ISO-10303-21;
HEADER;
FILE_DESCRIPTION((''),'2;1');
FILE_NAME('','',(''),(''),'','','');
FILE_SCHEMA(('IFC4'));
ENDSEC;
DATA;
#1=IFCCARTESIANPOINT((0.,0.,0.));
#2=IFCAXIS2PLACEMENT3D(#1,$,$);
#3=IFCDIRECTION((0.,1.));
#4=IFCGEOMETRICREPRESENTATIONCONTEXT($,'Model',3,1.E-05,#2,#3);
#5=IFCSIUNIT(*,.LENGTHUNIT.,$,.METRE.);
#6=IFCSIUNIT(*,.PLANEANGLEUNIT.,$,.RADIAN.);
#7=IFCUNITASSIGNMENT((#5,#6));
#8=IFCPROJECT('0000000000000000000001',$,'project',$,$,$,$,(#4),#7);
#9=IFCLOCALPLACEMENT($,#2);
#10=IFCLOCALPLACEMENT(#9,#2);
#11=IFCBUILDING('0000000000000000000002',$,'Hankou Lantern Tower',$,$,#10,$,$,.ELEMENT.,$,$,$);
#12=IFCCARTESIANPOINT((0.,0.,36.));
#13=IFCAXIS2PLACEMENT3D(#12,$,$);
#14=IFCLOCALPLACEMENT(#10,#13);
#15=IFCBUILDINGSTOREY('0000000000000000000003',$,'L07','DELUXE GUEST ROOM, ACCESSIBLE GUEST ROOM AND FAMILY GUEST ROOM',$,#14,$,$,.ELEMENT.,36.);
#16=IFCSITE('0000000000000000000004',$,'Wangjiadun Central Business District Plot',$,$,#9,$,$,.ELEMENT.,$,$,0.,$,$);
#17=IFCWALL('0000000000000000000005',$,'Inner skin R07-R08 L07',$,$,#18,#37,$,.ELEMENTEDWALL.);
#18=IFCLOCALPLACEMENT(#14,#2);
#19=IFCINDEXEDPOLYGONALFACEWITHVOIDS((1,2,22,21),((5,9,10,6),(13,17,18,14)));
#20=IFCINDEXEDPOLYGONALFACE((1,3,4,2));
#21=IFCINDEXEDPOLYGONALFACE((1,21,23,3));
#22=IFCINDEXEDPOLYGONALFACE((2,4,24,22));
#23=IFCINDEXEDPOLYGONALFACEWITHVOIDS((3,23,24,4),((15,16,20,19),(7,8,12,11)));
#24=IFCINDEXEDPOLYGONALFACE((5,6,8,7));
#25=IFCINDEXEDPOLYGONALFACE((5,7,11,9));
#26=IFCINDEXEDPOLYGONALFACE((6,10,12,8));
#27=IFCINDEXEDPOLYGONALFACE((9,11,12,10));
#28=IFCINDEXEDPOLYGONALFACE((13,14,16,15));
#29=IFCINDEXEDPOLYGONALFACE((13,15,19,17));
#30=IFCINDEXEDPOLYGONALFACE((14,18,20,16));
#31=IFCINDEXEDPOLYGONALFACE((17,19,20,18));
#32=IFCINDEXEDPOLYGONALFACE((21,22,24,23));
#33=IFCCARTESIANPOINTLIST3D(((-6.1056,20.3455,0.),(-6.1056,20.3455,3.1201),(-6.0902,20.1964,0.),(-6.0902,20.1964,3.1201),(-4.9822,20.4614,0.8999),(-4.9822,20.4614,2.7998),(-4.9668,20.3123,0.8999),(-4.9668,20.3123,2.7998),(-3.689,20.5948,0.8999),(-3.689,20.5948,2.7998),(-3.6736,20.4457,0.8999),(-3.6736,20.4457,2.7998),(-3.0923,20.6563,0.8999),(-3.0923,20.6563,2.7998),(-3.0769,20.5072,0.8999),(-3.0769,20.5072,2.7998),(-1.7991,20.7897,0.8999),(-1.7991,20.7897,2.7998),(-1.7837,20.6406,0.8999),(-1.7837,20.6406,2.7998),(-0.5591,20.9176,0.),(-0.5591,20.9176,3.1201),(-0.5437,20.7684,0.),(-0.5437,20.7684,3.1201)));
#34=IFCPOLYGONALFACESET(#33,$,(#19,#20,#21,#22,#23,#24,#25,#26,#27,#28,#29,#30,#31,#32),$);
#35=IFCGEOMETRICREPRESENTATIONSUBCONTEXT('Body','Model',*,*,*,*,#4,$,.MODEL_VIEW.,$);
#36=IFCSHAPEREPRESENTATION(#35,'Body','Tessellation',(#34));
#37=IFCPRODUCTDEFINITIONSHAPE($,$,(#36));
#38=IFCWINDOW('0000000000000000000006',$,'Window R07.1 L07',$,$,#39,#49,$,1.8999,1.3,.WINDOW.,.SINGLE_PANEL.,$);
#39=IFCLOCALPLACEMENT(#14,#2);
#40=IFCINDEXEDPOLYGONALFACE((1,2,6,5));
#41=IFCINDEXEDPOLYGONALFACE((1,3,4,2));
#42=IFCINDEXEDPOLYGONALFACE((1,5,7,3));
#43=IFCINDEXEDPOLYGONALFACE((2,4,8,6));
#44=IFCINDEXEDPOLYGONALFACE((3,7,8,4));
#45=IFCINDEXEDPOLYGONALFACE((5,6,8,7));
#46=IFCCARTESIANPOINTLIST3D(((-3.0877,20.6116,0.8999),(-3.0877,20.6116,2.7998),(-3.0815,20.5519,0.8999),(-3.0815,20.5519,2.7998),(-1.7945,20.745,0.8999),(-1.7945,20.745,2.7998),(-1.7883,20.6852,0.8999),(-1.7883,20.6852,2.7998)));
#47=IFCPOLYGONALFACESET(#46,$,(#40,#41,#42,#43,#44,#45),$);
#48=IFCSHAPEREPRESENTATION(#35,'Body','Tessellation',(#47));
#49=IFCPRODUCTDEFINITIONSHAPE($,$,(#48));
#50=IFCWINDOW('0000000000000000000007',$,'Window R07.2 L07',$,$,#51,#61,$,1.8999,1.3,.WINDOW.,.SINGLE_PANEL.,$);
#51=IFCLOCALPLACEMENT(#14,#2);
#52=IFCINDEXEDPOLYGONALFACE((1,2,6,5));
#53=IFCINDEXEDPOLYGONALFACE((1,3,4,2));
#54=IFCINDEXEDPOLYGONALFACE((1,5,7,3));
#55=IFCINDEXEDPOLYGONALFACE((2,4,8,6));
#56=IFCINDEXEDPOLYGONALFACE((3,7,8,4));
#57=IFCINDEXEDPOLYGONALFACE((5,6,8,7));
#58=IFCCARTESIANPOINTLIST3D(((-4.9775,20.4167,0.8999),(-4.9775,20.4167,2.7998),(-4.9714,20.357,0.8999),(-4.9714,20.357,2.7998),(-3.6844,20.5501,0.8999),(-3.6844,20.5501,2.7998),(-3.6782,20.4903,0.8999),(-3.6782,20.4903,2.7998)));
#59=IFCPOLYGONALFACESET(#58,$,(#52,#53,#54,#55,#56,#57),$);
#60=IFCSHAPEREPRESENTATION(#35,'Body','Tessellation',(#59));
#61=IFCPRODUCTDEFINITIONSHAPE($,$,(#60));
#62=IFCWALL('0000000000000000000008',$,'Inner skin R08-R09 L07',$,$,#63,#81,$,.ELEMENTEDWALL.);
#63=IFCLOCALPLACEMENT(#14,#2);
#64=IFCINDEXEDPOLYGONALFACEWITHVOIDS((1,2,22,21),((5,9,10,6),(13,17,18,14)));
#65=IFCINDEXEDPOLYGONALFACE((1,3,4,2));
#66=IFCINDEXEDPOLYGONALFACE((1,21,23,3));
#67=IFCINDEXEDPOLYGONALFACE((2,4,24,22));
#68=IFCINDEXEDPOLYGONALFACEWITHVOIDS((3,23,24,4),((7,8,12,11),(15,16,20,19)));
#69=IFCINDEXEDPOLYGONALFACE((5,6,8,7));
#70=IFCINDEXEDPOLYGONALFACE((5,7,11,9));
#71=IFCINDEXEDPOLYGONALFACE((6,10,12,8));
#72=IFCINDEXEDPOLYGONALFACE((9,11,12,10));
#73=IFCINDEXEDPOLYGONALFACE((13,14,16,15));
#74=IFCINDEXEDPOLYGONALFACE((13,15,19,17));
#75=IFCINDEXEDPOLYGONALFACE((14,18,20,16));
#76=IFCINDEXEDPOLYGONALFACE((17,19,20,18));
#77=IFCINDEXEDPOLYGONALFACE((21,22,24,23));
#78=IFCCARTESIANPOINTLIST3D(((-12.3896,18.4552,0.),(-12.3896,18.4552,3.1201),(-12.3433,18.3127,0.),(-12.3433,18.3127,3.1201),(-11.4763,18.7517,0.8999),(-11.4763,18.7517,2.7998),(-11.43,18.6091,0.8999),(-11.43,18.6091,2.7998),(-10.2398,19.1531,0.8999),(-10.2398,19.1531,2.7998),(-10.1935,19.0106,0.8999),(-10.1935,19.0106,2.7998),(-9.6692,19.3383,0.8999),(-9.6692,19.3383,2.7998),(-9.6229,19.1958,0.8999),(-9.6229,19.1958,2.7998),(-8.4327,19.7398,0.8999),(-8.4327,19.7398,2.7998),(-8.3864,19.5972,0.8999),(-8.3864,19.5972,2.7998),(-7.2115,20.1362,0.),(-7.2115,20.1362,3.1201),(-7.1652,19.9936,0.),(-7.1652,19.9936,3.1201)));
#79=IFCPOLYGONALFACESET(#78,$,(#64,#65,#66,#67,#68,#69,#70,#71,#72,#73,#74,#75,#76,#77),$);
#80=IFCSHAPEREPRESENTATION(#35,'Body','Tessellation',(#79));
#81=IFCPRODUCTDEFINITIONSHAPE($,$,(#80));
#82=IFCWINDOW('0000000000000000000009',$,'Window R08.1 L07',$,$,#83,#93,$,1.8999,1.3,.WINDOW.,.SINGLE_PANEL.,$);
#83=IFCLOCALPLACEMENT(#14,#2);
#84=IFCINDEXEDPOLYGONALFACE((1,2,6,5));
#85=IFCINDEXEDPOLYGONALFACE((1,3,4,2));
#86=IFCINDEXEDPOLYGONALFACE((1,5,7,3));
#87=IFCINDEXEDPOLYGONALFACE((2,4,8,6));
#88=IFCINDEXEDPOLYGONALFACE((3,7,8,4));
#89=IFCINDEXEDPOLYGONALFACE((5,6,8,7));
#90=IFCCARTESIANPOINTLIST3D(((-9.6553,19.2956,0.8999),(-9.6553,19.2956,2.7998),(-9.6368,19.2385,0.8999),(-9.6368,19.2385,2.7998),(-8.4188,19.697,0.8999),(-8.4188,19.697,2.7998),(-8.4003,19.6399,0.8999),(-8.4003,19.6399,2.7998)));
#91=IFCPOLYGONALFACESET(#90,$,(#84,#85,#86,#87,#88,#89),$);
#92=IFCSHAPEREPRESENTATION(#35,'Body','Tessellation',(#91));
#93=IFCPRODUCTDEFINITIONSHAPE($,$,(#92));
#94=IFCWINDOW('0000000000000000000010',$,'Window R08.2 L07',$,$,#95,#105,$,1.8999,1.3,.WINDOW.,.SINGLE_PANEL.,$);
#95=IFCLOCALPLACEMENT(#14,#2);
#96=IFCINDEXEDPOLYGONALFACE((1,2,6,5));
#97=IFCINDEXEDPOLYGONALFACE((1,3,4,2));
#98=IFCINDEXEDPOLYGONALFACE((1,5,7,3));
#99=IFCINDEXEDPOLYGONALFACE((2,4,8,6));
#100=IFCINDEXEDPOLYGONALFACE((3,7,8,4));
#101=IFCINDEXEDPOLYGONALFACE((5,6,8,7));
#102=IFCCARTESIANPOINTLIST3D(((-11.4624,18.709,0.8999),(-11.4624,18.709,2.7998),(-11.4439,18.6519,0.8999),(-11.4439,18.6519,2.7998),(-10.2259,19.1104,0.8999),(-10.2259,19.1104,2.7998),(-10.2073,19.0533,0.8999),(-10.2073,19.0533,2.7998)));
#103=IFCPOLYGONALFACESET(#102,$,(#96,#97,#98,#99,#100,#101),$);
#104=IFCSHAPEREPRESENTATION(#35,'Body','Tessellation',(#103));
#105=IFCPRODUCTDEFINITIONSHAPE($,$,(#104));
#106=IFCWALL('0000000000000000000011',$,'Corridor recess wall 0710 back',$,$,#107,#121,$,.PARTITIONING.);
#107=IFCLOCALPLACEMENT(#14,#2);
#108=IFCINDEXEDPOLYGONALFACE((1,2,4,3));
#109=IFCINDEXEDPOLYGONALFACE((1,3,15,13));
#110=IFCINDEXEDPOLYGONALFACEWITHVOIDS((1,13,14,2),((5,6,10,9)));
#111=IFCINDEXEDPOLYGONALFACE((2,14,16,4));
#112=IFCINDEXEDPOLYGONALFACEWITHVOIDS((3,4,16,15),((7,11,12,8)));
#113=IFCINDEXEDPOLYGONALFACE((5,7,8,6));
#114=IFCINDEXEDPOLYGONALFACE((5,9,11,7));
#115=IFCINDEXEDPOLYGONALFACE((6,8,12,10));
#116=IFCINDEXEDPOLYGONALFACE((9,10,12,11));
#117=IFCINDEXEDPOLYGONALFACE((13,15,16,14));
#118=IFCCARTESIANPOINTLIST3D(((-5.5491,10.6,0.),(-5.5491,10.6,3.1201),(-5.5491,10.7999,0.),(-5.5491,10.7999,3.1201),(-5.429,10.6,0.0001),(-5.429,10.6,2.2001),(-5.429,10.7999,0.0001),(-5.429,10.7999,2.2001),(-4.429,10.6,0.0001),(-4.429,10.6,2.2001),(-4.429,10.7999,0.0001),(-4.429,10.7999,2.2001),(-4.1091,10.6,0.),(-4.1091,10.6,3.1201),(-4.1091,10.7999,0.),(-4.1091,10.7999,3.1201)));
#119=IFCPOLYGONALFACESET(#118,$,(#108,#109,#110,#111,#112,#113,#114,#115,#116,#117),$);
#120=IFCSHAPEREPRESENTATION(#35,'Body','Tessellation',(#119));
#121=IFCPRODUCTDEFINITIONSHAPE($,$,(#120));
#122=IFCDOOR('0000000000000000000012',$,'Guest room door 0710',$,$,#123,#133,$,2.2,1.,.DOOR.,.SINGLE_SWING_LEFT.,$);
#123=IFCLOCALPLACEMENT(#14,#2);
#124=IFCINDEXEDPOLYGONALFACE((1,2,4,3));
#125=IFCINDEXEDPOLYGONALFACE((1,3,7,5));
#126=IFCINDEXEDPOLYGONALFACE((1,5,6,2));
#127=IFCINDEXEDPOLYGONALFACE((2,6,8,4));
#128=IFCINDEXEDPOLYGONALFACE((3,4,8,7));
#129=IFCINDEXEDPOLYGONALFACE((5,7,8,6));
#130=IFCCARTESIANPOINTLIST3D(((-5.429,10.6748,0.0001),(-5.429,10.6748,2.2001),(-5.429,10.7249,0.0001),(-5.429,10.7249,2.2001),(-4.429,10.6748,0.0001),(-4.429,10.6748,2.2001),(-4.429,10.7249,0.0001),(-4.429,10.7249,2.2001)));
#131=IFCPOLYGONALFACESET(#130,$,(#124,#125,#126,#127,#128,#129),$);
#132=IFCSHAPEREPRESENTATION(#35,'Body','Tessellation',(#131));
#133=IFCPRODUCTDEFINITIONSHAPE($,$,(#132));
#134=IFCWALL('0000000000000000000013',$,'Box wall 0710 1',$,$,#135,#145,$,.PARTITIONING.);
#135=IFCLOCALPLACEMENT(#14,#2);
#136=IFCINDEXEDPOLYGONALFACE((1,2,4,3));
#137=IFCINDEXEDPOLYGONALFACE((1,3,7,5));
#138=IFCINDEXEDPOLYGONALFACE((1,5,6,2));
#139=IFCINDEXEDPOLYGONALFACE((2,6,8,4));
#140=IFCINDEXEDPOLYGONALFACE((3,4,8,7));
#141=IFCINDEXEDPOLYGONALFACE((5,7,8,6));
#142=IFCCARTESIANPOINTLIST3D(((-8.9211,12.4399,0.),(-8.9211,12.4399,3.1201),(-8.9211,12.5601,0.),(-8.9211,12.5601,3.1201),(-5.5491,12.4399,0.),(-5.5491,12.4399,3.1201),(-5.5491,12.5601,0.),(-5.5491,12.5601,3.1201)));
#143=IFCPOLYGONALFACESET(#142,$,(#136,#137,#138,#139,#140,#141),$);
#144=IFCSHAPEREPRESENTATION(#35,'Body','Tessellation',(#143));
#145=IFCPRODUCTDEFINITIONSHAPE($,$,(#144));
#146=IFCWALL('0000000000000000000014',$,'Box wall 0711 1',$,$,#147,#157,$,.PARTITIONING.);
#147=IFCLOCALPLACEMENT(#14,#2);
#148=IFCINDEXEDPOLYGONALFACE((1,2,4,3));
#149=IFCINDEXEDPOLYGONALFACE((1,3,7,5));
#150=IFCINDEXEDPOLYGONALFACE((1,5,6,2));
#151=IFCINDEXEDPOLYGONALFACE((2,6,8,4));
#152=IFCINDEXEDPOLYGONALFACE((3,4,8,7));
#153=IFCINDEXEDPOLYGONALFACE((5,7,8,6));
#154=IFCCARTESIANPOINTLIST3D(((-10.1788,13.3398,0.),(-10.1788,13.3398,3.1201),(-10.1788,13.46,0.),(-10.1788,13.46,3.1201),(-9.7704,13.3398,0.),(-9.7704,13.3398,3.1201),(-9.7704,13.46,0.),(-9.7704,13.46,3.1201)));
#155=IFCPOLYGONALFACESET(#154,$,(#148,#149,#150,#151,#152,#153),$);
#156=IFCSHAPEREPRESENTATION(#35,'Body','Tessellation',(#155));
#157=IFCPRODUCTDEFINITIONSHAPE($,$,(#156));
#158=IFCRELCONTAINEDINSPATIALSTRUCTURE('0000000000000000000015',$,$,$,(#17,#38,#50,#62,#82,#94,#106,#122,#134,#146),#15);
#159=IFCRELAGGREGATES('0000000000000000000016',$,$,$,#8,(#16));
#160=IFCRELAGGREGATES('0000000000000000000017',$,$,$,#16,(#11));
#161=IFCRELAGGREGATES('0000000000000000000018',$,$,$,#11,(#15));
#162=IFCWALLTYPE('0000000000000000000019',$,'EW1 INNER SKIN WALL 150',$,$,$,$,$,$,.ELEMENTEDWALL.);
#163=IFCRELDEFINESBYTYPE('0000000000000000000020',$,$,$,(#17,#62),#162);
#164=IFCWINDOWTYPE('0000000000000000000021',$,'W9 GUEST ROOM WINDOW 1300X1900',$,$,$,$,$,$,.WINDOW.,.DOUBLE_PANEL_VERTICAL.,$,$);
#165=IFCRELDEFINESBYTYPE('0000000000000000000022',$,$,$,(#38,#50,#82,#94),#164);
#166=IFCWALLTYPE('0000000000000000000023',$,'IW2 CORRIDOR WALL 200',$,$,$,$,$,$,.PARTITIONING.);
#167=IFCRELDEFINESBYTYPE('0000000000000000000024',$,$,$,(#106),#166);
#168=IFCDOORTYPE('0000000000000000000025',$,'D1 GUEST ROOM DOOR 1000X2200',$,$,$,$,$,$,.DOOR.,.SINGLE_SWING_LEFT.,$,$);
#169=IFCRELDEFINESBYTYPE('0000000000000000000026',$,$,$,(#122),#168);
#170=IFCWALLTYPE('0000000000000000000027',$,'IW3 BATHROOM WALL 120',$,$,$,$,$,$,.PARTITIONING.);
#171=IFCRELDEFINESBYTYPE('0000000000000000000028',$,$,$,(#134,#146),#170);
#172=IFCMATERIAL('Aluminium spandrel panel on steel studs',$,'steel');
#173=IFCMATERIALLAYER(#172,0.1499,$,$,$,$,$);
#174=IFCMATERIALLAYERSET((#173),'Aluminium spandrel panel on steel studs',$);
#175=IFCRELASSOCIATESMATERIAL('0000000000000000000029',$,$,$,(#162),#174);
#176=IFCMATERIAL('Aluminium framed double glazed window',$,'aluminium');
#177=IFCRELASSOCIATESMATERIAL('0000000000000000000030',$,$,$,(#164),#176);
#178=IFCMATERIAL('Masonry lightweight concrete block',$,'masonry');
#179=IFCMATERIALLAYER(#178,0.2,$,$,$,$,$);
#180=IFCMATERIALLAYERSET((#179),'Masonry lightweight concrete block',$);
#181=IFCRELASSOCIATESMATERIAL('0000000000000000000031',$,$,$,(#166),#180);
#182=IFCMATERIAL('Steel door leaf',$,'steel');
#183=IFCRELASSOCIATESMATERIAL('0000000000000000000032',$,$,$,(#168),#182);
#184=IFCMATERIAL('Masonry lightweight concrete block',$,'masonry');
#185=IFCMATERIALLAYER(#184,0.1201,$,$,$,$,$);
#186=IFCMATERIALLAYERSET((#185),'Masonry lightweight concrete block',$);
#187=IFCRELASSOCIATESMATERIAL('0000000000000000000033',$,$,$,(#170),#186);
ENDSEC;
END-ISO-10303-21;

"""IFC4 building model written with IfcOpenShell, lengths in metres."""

from ifc_helpers import new_model, si_unit, direction, frame, frame_2d, origin, place, context, subcontext, project, spatial, rectangle, extrude, material, layer, layer_set, type_object, element, fill, save


model = new_model("IFC4")

# Units and contexts
model_context = context("Model", 3, precision=1e-05, world=origin(), true_north=direction((0.0, 1.0)))
body_context = subcontext(model_context, "Body", "Model", "MODEL_VIEW")
ifc_project = project(units=[si_unit("LENGTHUNIT", "METRE"), si_unit("PLANEANGLEUNIT", "RADIAN")], contexts=[model_context])

# Site, building, storey
site_placement = place(None, origin())
site = spatial("IfcSite", under=ifc_project, at=site_placement, Name="Wangjiadun Central Business District Plot", CompositionType="ELEMENT", RefElevation=0.0)
building_placement = place(site_placement, origin())
building = spatial("IfcBuilding", under=site, at=building_placement, Name="Hankou Lantern Tower", CompositionType="ELEMENT")
storey_placement = place(building_placement, frame((0.0, 0.0, 36.0)))
storey = spatial("IfcBuildingStorey", under=building, at=storey_placement, Name="L07", Description="DELUXE GUEST ROOM, ACCESSIBLE GUEST ROOM AND FAMILY GUEST ROOM", CompositionType="ELEMENT", Elevation=36.0)

# Walls, openings, windows
ifc_material_1 = material(Name="Aluminium spandrel panel on steel studs", Category="steel")
ifc_layer_1 = layer(ifc_material_1, 0.1499)
ifc_layer_set_1 = layer_set([ifc_layer_1], Name="Aluminium spandrel panel on steel studs")
wall_type_1 = type_object("IfcWallType", Name="EW1 INNER SKIN WALL 150", PredefinedType="ELEMENTEDWALL", material=ifc_layer_set_1)
wall_1_placement = place(storey_placement, frame((-0.5513, 20.843, 0.0), z_axis=(0.0, 0.0, 1.0), x_axis=(-0.994724, -0.10259, 0.0)))
wall_1 = element("IfcWall", 1, at=wall_1_placement, inside=storey, type_object=wall_type_1, Name="Inner skin R07-R08 L07", PredefinedType="ELEMENTEDWALL", context=body_context, shape_type="SweptSolid", body=[
    extrude(rectangle(XDim=5.5759, YDim=0.1499, at=frame_2d((2.7881, 0.0))), origin(), (0.0, 0.0, 1.0), 3.1201),
])
opening_1_placement = place(wall_1_placement, frame((1.2468, 0.0, 0.8999)))
opening_1 = element("IfcOpeningElement", 2, at=opening_1_placement, cuts=wall_1, PredefinedType="OPENING", context=body_context, shape_type="SweptSolid", body=[
    extrude(rectangle(XDim=1.3, YDim=1.8999, at=frame_2d((0.6499, 0.95))), frame((0.0, 0.085, 0.0), z_axis=(0.0, -1.0, 0.0), x_axis=(1.0, 0.0, 0.0)), (0.0, 0.0, 1.0), 0.1699),
])
opening_2_placement = place(wall_1_placement, frame((3.1467, 0.0, 0.8999)))
opening_2 = element("IfcOpeningElement", 3, at=opening_2_placement, cuts=wall_1, PredefinedType="OPENING", context=body_context, shape_type="SweptSolid", body=[
    extrude(rectangle(XDim=1.3, YDim=1.8999, at=frame_2d((0.6499, 0.95))), frame((0.0, 0.085, 0.0), z_axis=(0.0, -1.0, 0.0), x_axis=(1.0, 0.0, 0.0)), (0.0, 0.0, 1.0), 0.1699),
])
ifc_material_2 = material(Name="Aluminium framed double glazed window", Category="aluminium")
window_type = type_object("IfcWindowType", Name="W9 GUEST ROOM WINDOW 1300X1900", PartitioningType="DOUBLE_PANEL_VERTICAL", PredefinedType="WINDOW", material=ifc_material_2)
window_1_placement = place(opening_1_placement, origin())
window_1 = element("IfcWindow", 4, at=window_1_placement, inside=storey, type_object=window_type, Name="Window R07.1 L07", OverallHeight=1.8999, OverallWidth=1.3, PartitioningType="SINGLE_PANEL", PredefinedType="WINDOW", context=body_context, shape_type="SweptSolid", body=[
    extrude(rectangle(XDim=1.3, YDim=1.8999, at=frame_2d((0.6499, 0.95))), frame((0.0, 0.03, 0.0), z_axis=(0.0, -1.0, 0.0), x_axis=(1.0, 0.0, 0.0)), (0.0, 0.0, 1.0), 0.0601),
])
fill(opening_1, window_1)
window_2_placement = place(opening_2_placement, origin())
window_2 = element("IfcWindow", 5, at=window_2_placement, inside=storey, type_object=window_type, Name="Window R07.2 L07", OverallHeight=1.8999, OverallWidth=1.3, PartitioningType="SINGLE_PANEL", PredefinedType="WINDOW", context=body_context, shape_type="SweptSolid", body=[
    extrude(rectangle(XDim=1.3, YDim=1.8999, at=frame_2d((0.6499, 0.95))), frame((0.0, 0.03, 0.0), z_axis=(0.0, -1.0, 0.0), x_axis=(1.0, 0.0, 0.0)), (0.0, 0.0, 1.0), 0.0601),
])
fill(opening_2, window_2)
wall_2_placement = place(storey_placement, frame((-7.1882, 20.0649, 0.0), z_axis=(0.0, 0.0, 1.0), x_axis=(-0.951138, -0.308765, 0.0)))
wall_2 = element("IfcWall", 6, at=wall_2_placement, inside=storey, type_object=wall_type_1, Name="Inner skin R08-R09 L07", PredefinedType="ELEMENTEDWALL", context=body_context, shape_type="SweptSolid", body=[
    extrude(rectangle(XDim=5.4441, YDim=0.1499, at=frame_2d((2.7222, 0.0))), origin(), (0.0, 0.0, 1.0), 3.1201),
])
opening_3_placement = place(wall_2_placement, frame((1.2842, 0.0, 0.8999)))
opening_3 = element("IfcOpeningElement", 7, at=opening_3_placement, cuts=wall_2, PredefinedType="OPENING", context=body_context, shape_type="SweptSolid", body=[
    extrude(rectangle(XDim=1.3, YDim=1.8999, at=frame_2d((0.6499, 0.95))), frame((0.0, 0.085, 0.0), z_axis=(0.0, -1.0, 0.0), x_axis=(1.0, 0.0, 0.0)), (0.0, 0.0, 1.0), 0.1699),
])
opening_4_placement = place(wall_2_placement, frame((3.1841, 0.0, 0.8999)))
opening_4 = element("IfcOpeningElement", 8, at=opening_4_placement, cuts=wall_2, PredefinedType="OPENING", context=body_context, shape_type="SweptSolid", body=[
    extrude(rectangle(XDim=1.3, YDim=1.8999, at=frame_2d((0.6499, 0.95))), frame((0.0, 0.085, 0.0), z_axis=(0.0, -1.0, 0.0), x_axis=(1.0, 0.0, 0.0)), (0.0, 0.0, 1.0), 0.1699),
])
window_3_placement = place(opening_3_placement, origin())
window_3 = element("IfcWindow", 9, at=window_3_placement, inside=storey, type_object=window_type, Name="Window R08.1 L07", OverallHeight=1.8999, OverallWidth=1.3, PartitioningType="SINGLE_PANEL", PredefinedType="WINDOW", context=body_context, shape_type="SweptSolid", body=[
    extrude(rectangle(XDim=1.3, YDim=1.8999, at=frame_2d((0.6499, 0.95))), frame((0.0, 0.03, 0.0), z_axis=(0.0, -1.0, 0.0), x_axis=(1.0, 0.0, 0.0)), (0.0, 0.0, 1.0), 0.0601),
])
fill(opening_3, window_3)
window_4_placement = place(opening_4_placement, origin())
window_4 = element("IfcWindow", 10, at=window_4_placement, inside=storey, type_object=window_type, Name="Window R08.2 L07", OverallHeight=1.8999, OverallWidth=1.3, PartitioningType="SINGLE_PANEL", PredefinedType="WINDOW", context=body_context, shape_type="SweptSolid", body=[
    extrude(rectangle(XDim=1.3, YDim=1.8999, at=frame_2d((0.6499, 0.95))), frame((0.0, 0.03, 0.0), z_axis=(0.0, -1.0, 0.0), x_axis=(1.0, 0.0, 0.0)), (0.0, 0.0, 1.0), 0.0601),
])
fill(opening_4, window_4)

# Wall, opening, door
ifc_material_3 = material(Name="Masonry lightweight concrete block", Category="masonry")
ifc_layer_2 = layer(ifc_material_3, 0.2)
ifc_layer_set_2 = layer_set([ifc_layer_2], Name="Masonry lightweight concrete block")
wall_type_2 = type_object("IfcWallType", Name="IW2 CORRIDOR WALL 200", PredefinedType="PARTITIONING", material=ifc_layer_set_2)
wall_3_placement = place(storey_placement, frame((-5.5491, 10.7, 0.0), z_axis=(0.0, 0.0, 1.0), x_axis=(1.0, 0.0, 0.0)))
wall_3 = element("IfcWall", 11, at=wall_3_placement, inside=storey, type_object=wall_type_2, Name="Corridor recess wall 0710 back", PredefinedType="PARTITIONING", context=body_context, shape_type="SweptSolid", body=[
    extrude(rectangle(XDim=1.4399, YDim=0.2, at=frame_2d((0.72, 0.0))), origin(), (0.0, 0.0, 1.0), 3.1201),
])
opening_5_placement = place(wall_3_placement, frame((0.1201, 0.0, 0.0)))
opening_5 = element("IfcOpeningElement", 12, at=opening_5_placement, cuts=wall_3, PredefinedType="OPENING", context=body_context, shape_type="SweptSolid", body=[
    extrude(rectangle(XDim=1.0, YDim=2.2, at=frame_2d((0.5, 1.1001))), frame((0.0, 0.1099, 0.0), z_axis=(0.0, -1.0, 0.0), x_axis=(1.0, 0.0, 0.0)), (0.0, 0.0, 1.0), 0.22),
])
ifc_material_4 = material(Name="Steel door leaf", Category="steel")
door_type = type_object("IfcDoorType", Name="D1 GUEST ROOM DOOR 1000X2200", OperationType="SINGLE_SWING_LEFT", PredefinedType="DOOR", material=ifc_material_4)
door_placement = place(opening_5_placement, origin())
door = element("IfcDoor", 13, at=door_placement, inside=storey, type_object=door_type, Name="Guest room door 0710", OperationType="SINGLE_SWING_LEFT", OverallHeight=2.2, OverallWidth=1.0, PredefinedType="DOOR", context=body_context, shape_type="SweptSolid", body=[
    extrude(rectangle(XDim=1.0, YDim=2.2, at=frame_2d((0.5, 1.1001))), frame((0.0, 0.0249, 0.0), z_axis=(0.0, -1.0, 0.0), x_axis=(1.0, 0.0, 0.0)), (0.0, 0.0, 1.0), 0.05),
])
fill(opening_5, door)

# Walls
ifc_material_5 = material(Name="Masonry lightweight concrete block", Category="masonry")
ifc_layer_3 = layer(ifc_material_5, 0.1201)
ifc_layer_set_3 = layer_set([ifc_layer_3], Name="Masonry lightweight concrete block")
wall_type_3 = type_object("IfcWallType", Name="IW3 BATHROOM WALL 120", PredefinedType="PARTITIONING", material=ifc_layer_set_3)
wall_4_placement = place(storey_placement, frame((-8.9211, 12.5, 0.0), z_axis=(0.0, 0.0, 1.0), x_axis=(1.0, 0.0, 0.0)))
element("IfcWall", 14, at=wall_4_placement, inside=storey, type_object=wall_type_3, Name="Box wall 0710 1", PredefinedType="PARTITIONING", context=body_context, shape_type="SweptSolid", body=[
    extrude(rectangle(XDim=3.3721, YDim=0.1201, at=frame_2d((1.686, 0.0))), origin(), (0.0, 0.0, 1.0), 3.1201),
])
wall_5_placement = place(storey_placement, frame((-9.7705, 13.3999, 0.0), z_axis=(0.0, 0.0, 1.0), x_axis=(-1.0, 0.0, 0.0)))
element("IfcWall", 15, at=wall_5_placement, inside=storey, type_object=wall_type_3, Name="Box wall 0711 1", PredefinedType="PARTITIONING", context=body_context, shape_type="SweptSolid", body=[
    extrude(rectangle(XDim=0.4084, YDim=0.1201, at=frame_2d((0.2041, 0.0))), origin(), (0.0, 0.0, 1.0), 3.1201),
])

save(model, "model.ifc")
